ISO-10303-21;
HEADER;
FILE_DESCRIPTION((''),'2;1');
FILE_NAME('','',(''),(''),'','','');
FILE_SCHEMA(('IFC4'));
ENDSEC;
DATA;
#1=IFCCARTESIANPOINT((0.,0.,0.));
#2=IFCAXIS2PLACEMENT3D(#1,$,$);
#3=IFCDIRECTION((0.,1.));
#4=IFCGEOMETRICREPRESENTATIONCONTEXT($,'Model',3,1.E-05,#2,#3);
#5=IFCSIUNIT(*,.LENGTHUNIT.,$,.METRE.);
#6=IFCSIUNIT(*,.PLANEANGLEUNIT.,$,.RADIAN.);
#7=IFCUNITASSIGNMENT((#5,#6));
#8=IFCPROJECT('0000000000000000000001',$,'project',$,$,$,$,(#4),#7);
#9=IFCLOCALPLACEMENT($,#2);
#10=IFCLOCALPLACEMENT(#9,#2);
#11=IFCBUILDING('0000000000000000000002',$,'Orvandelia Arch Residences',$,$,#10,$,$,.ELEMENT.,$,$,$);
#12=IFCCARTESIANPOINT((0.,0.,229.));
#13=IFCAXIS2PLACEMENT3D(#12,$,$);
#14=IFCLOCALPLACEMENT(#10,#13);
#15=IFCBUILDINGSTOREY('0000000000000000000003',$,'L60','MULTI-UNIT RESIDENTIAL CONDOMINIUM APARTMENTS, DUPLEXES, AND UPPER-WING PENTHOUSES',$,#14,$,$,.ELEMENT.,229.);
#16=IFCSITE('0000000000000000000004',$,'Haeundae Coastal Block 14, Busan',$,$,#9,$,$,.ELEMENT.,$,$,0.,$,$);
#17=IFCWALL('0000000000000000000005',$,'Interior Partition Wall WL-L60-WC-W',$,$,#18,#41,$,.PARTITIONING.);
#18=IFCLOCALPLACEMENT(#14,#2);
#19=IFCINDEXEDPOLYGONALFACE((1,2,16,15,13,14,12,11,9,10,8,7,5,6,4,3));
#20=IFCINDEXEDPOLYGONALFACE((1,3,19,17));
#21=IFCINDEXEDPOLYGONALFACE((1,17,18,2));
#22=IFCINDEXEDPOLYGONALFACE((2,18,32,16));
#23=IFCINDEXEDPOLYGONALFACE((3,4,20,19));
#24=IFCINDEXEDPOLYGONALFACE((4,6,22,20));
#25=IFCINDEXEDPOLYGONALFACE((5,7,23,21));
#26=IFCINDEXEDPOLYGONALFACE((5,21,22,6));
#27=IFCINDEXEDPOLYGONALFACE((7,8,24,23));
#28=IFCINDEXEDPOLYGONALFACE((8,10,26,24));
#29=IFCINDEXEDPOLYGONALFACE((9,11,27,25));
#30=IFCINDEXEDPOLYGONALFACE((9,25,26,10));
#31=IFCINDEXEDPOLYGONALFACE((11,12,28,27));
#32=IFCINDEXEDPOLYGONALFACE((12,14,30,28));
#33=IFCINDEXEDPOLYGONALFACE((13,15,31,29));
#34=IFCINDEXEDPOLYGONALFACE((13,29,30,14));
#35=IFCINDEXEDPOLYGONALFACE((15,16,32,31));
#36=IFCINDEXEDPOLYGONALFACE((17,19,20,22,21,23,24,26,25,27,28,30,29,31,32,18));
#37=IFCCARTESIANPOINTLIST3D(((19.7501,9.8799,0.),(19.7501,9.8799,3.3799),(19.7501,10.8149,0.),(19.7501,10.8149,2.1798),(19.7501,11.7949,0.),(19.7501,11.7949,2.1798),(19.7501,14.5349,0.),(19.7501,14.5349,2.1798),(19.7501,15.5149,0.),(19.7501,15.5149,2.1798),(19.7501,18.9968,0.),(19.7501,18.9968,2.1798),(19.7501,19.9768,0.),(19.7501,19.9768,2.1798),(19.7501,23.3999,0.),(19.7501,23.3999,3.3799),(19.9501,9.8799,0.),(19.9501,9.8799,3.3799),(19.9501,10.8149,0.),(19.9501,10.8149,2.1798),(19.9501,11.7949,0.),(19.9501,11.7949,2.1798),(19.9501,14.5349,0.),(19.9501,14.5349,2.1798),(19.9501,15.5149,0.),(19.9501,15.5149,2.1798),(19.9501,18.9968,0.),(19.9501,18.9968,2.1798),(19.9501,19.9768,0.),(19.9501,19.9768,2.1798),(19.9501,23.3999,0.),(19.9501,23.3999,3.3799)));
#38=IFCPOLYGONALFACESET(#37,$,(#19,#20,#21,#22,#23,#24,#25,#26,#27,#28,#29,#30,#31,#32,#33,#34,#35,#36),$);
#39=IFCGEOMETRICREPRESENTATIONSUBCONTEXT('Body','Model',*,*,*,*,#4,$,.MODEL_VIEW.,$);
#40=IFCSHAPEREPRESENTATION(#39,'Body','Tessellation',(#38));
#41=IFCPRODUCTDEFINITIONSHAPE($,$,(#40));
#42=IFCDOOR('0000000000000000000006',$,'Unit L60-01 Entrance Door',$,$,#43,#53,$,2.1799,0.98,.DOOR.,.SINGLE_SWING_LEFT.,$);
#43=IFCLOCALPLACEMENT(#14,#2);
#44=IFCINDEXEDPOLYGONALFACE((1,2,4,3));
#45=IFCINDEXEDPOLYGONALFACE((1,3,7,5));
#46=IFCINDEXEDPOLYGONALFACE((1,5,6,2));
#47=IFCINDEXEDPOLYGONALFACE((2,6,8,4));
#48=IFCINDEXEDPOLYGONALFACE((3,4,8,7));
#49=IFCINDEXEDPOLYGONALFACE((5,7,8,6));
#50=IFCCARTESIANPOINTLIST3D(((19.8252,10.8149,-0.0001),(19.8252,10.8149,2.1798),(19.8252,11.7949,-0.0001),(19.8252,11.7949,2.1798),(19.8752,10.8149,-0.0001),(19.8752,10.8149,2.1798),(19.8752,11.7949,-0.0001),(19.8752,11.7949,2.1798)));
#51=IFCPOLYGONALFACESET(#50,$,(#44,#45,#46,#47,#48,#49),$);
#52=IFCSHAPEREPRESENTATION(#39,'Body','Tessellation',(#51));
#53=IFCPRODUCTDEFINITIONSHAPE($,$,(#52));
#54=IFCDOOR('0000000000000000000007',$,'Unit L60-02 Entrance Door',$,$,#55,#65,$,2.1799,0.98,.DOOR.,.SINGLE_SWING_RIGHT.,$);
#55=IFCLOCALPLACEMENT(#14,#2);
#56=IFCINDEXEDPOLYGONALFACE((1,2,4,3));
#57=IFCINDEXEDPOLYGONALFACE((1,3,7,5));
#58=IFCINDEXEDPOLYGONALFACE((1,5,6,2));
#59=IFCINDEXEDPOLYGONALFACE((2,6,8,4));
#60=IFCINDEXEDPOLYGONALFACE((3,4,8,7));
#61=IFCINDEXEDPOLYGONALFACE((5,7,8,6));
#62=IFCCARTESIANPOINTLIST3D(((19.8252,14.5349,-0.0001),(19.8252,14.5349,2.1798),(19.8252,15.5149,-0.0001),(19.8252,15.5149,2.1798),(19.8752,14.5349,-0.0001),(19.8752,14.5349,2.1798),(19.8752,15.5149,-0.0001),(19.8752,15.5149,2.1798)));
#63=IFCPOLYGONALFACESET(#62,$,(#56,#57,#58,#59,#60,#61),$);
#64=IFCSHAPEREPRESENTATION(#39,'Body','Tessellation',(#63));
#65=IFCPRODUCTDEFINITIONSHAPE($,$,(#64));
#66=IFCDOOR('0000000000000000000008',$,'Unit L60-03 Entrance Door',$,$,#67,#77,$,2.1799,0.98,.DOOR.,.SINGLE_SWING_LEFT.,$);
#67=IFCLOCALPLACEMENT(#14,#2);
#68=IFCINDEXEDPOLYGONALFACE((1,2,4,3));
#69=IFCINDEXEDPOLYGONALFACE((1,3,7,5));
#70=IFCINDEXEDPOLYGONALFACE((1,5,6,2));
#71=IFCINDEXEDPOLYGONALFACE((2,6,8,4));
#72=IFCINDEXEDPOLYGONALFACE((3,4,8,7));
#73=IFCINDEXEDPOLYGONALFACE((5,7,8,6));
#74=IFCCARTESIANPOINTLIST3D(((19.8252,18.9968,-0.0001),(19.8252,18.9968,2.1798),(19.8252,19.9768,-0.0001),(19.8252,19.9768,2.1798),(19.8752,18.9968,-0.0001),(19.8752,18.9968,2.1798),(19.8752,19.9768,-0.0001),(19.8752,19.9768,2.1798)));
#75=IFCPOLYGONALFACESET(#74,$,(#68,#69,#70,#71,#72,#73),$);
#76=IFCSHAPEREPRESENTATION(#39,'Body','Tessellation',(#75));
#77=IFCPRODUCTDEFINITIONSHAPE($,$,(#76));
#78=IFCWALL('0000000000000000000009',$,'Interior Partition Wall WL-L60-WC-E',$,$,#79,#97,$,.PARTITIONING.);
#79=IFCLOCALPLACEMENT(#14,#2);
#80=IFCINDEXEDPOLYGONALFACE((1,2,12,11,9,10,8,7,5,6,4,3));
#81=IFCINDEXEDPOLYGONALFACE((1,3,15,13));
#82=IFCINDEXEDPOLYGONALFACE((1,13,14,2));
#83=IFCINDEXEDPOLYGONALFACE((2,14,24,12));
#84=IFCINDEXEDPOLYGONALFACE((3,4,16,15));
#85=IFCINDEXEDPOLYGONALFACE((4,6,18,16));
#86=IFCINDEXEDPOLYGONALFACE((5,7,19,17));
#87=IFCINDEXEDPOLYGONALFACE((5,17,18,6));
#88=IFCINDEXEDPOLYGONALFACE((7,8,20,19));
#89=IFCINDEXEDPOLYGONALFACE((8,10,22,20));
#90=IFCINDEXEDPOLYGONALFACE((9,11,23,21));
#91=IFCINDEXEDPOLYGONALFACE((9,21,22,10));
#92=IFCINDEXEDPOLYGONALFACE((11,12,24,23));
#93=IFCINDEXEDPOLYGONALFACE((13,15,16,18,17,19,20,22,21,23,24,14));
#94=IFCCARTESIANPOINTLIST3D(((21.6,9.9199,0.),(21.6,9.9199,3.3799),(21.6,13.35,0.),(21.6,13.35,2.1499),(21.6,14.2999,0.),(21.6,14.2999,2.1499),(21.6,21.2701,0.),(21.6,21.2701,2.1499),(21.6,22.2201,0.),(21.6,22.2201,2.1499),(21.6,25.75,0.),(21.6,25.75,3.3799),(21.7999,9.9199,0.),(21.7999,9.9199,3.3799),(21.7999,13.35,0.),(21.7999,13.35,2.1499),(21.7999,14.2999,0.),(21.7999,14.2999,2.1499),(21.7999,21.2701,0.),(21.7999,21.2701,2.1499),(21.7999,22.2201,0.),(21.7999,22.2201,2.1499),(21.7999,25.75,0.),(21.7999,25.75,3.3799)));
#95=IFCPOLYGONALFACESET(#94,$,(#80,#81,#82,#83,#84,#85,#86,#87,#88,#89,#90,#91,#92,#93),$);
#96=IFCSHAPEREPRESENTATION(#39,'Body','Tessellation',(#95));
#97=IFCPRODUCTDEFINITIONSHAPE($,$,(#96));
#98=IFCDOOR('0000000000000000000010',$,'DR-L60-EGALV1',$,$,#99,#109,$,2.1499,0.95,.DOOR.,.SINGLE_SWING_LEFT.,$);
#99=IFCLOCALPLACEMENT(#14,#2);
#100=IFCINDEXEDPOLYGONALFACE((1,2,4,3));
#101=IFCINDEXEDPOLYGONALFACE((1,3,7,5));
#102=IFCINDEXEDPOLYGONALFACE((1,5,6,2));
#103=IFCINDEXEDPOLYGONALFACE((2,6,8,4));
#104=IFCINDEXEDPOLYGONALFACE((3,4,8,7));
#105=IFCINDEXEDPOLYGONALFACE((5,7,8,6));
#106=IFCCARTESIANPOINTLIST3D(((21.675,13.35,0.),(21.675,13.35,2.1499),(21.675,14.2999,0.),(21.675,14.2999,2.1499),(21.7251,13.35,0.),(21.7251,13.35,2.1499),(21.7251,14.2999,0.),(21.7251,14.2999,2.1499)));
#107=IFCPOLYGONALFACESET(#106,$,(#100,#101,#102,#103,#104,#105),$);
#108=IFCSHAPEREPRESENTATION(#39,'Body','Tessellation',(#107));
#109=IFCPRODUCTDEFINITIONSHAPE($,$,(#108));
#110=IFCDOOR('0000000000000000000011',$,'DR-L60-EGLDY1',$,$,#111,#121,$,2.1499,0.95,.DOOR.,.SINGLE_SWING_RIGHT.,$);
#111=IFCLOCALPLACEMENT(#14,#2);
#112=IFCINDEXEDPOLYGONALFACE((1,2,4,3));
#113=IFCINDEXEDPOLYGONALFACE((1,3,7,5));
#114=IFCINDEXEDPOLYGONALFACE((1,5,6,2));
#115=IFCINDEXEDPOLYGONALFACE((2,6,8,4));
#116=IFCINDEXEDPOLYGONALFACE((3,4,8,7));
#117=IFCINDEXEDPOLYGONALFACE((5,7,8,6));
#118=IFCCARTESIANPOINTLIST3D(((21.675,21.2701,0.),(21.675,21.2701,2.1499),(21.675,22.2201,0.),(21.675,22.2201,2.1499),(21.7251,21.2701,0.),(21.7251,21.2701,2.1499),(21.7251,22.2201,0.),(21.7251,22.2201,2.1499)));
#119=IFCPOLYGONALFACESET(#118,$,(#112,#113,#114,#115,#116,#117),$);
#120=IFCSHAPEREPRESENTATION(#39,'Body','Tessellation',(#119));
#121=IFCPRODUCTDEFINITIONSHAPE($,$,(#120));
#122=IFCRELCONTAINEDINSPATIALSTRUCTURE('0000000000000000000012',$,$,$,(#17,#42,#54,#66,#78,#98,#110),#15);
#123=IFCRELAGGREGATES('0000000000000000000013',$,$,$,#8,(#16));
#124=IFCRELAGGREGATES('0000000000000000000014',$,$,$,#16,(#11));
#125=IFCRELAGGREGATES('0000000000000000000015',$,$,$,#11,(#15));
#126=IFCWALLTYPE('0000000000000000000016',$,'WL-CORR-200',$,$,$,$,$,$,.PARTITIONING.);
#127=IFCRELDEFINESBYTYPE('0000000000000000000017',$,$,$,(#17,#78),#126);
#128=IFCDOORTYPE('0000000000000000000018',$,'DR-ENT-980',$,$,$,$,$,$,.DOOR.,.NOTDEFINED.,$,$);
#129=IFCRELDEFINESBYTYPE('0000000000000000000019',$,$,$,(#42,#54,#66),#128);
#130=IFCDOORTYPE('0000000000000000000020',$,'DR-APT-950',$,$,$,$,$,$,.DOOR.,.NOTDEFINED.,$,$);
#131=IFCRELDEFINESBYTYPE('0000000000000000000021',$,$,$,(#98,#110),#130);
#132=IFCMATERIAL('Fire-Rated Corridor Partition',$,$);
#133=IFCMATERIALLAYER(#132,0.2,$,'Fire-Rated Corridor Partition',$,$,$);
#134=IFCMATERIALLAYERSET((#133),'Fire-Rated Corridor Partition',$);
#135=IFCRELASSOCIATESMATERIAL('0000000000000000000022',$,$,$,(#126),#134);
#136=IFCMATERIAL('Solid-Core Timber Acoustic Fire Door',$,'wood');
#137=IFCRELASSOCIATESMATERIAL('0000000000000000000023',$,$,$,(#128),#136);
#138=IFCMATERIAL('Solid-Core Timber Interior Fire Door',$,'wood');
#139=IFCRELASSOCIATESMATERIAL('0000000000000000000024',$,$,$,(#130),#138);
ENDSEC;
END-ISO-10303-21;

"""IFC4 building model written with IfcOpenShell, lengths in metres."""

from ifc_helpers import new_model, si_unit, direction, frame, frame_2d, origin, place, context, subcontext, project, spatial, rectangle, extrude, material, layer, layer_set, type_object, element, fill, save


model = new_model("IFC4")

# Units and contexts
model_context = context("Model", 3, precision=1e-05, world=origin(), true_north=direction((0.0, 1.0)))
body_context = subcontext(model_context, "Body", "Model", "MODEL_VIEW")
ifc_project = project(units=[si_unit("LENGTHUNIT", "METRE"), si_unit("PLANEANGLEUNIT", "RADIAN")], contexts=[model_context])

# Site, building, storey
site_placement = place(None, origin())
site = spatial("IfcSite", under=ifc_project, at=site_placement, Name="Haeundae Coastal Block 14, Busan", CompositionType="ELEMENT", RefElevation=0.0)
building_placement = place(site_placement, origin())
building = spatial("IfcBuilding", under=site, at=building_placement, Name="Orvandelia Arch Residences", CompositionType="ELEMENT")
storey_placement = place(building_placement, frame((0.0, 0.0, 229.0)))
storey = spatial("IfcBuildingStorey", under=building, at=storey_placement, Name="L60", Description="MULTI-UNIT RESIDENTIAL CONDOMINIUM APARTMENTS, DUPLEXES, AND UPPER-WING PENTHOUSES", CompositionType="ELEMENT", Elevation=229.0)

# Walls, openings, doors
ifc_material_1 = material(Name="Fire-Rated Corridor Partition")
ifc_layer_1 = layer(ifc_material_1, 0.2, Name="Fire-Rated Corridor Partition")
ifc_layer_set_1 = layer_set([ifc_layer_1], Name="Fire-Rated Corridor Partition")
wall_type_1 = type_object("IfcWallType", Name="WL-CORR-200", PredefinedType="PARTITIONING", material=ifc_layer_set_1)
wall_1_placement = place(storey_placement, frame((19.8501, 9.8799, 0.0), z_axis=(0.0, 0.0, 1.0), x_axis=(0.0, 1.0, 0.0)))
wall_1 = element("IfcWall", 1, at=wall_1_placement, inside=storey, type_object=wall_type_1, Name="Interior Partition Wall WL-L60-WC-W", PredefinedType="PARTITIONING", context=body_context, shape_type="SweptSolid", body=[
    extrude(rectangle(XDim=13.52, YDim=0.2, at=frame_2d((6.76, 0.0))), origin(), (0.0, 0.0, 1.0), 3.3799),
])
opening_1_placement = place(wall_1_placement, frame((0.9351, 0.0, 0.0)))
opening_1 = element("IfcOpeningElement", 2, at=opening_1_placement, cuts=wall_1, PredefinedType="OPENING", context=body_context, shape_type="SweptSolid", body=[
    extrude(rectangle(XDim=0.98, YDim=2.1799, at=frame_2d((0.49, 1.0898))), frame((0.0, 0.1099, 0.0), z_axis=(0.0, -1.0, 0.0), x_axis=(1.0, 0.0, 0.0)), (0.0, 0.0, 1.0), 0.22),
])
opening_2_placement = place(wall_1_placement, frame((4.655, 0.0, 0.0)))
opening_2 = element("IfcOpeningElement", 3, at=opening_2_placement, cuts=wall_1, PredefinedType="OPENING", context=body_context, shape_type="SweptSolid", body=[
    extrude(rectangle(XDim=0.98, YDim=2.1799, at=frame_2d((0.49, 1.0898))), frame((0.0, 0.1099, 0.0), z_axis=(0.0, -1.0, 0.0), x_axis=(1.0, 0.0, 0.0)), (0.0, 0.0, 1.0), 0.22),
])
opening_3_placement = place(wall_1_placement, frame((9.1169, 0.0, 0.0)))
opening_3 = element("IfcOpeningElement", 4, at=opening_3_placement, cuts=wall_1, PredefinedType="OPENING", context=body_context, shape_type="SweptSolid", body=[
    extrude(rectangle(XDim=0.98, YDim=2.1799, at=frame_2d((0.49, 1.0898))), frame((0.0, 0.1099, 0.0), z_axis=(0.0, -1.0, 0.0), x_axis=(1.0, 0.0, 0.0)), (0.0, 0.0, 1.0), 0.22),
])
ifc_material_2 = material(Name="Solid-Core Timber Acoustic Fire Door", Category="wood")
door_type_1 = type_object("IfcDoorType", Name="DR-ENT-980", OperationType="NOTDEFINED", PredefinedType="DOOR", material=ifc_material_2)
door_1_placement = place(opening_1_placement, origin())
door_1 = element("IfcDoor", 5, at=door_1_placement, inside=storey, type_object=door_type_1, Name="Unit L60-01 Entrance Door", OperationType="SINGLE_SWING_LEFT", OverallHeight=2.1799, OverallWidth=0.98, PredefinedType="DOOR", context=body_context, shape_type="SweptSolid", body=[
    extrude(rectangle(XDim=0.98, YDim=2.1799, at=frame_2d((0.49, 1.0898))), frame((0.0, 0.0249, 0.0), z_axis=(0.0, -1.0, 0.0), x_axis=(1.0, 0.0, 0.0)), (0.0, 0.0, 1.0), 0.05),
])
fill(opening_1, door_1)
door_2_placement = place(opening_2_placement, origin())
door_2 = element("IfcDoor", 6, at=door_2_placement, inside=storey, type_object=door_type_1, Name="Unit L60-02 Entrance Door", OperationType="SINGLE_SWING_RIGHT", OverallHeight=2.1799, OverallWidth=0.98, PredefinedType="DOOR", context=body_context, shape_type="SweptSolid", body=[
    extrude(rectangle(XDim=0.98, YDim=2.1799, at=frame_2d((0.49, 1.0898))), frame((0.0, 0.0249, 0.0), z_axis=(0.0, -1.0, 0.0), x_axis=(1.0, 0.0, 0.0)), (0.0, 0.0, 1.0), 0.05),
])
fill(opening_2, door_2)
door_3_placement = place(opening_3_placement, origin())
door_3 = element("IfcDoor", 7, at=door_3_placement, inside=storey, type_object=door_type_1, Name="Unit L60-03 Entrance Door", OperationType="SINGLE_SWING_LEFT", OverallHeight=2.1799, OverallWidth=0.98, PredefinedType="DOOR", context=body_context, shape_type="SweptSolid", body=[
    extrude(rectangle(XDim=0.98, YDim=2.1799, at=frame_2d((0.49, 1.0898))), frame((0.0, 0.0249, 0.0), z_axis=(0.0, -1.0, 0.0), x_axis=(1.0, 0.0, 0.0)), (0.0, 0.0, 1.0), 0.05),
])
fill(opening_3, door_3)
wall_2_placement = place(storey_placement, frame((21.7, 9.9199, 0.0), z_axis=(0.0, 0.0, 1.0), x_axis=(0.0, 1.0, 0.0)))
wall_2 = element("IfcWall", 8, at=wall_2_placement, inside=storey, type_object=wall_type_1, Name="Interior Partition Wall WL-L60-WC-E", PredefinedType="PARTITIONING", context=body_context, shape_type="SweptSolid", body=[
    extrude(rectangle(XDim=15.8301, YDim=0.2, at=frame_2d((7.915, 0.0))), origin(), (0.0, 0.0, 1.0), 3.3799),
])
opening_4_placement = place(wall_2_placement, frame((3.4299, 0.0, 0.0)))
opening_4 = element("IfcOpeningElement", 9, at=opening_4_placement, cuts=wall_2, PredefinedType="OPENING", context=body_context, shape_type="SweptSolid", body=[
    extrude(rectangle(XDim=0.95, YDim=2.1499, at=frame_2d((0.4751, 1.075))), frame((0.0, 0.1099, 0.0), z_axis=(0.0, -1.0, 0.0), x_axis=(1.0, 0.0, 0.0)), (0.0, 0.0, 1.0), 0.22),
])
opening_5_placement = place(wall_2_placement, frame((11.3501, 0.0, 0.0)))
opening_5 = element("IfcOpeningElement", 10, at=opening_5_placement, cuts=wall_2, PredefinedType="OPENING", context=body_context, shape_type="SweptSolid", body=[
    extrude(rectangle(XDim=0.95, YDim=2.1499, at=frame_2d((0.4751, 1.075))), frame((0.0, 0.1099, 0.0), z_axis=(0.0, -1.0, 0.0), x_axis=(1.0, 0.0, 0.0)), (0.0, 0.0, 1.0), 0.22),
])
ifc_material_3 = material(Name="Solid-Core Timber Interior Fire Door", Category="wood")
door_type_2 = type_object("IfcDoorType", Name="DR-APT-950", OperationType="NOTDEFINED", PredefinedType="DOOR", material=ifc_material_3)
door_4_placement = place(opening_4_placement, origin())
door_4 = element("IfcDoor", 11, at=door_4_placement, inside=storey, type_object=door_type_2, Name="DR-L60-EGALV1", OperationType="SINGLE_SWING_LEFT", OverallHeight=2.1499, OverallWidth=0.95, PredefinedType="DOOR", context=body_context, shape_type="SweptSolid", body=[
    extrude(rectangle(XDim=0.95, YDim=2.1499, at=frame_2d((0.4751, 1.075))), frame((0.0, 0.0249, 0.0), z_axis=(0.0, -1.0, 0.0), x_axis=(1.0, 0.0, 0.0)), (0.0, 0.0, 1.0), 0.05),
])
fill(opening_4, door_4)
door_5_placement = place(opening_5_placement, origin())
door_5 = element("IfcDoor", 12, at=door_5_placement, inside=storey, type_object=door_type_2, Name="DR-L60-EGLDY1", OperationType="SINGLE_SWING_RIGHT", OverallHeight=2.1499, OverallWidth=0.95, PredefinedType="DOOR", context=body_context, shape_type="SweptSolid", body=[
    extrude(rectangle(XDim=0.95, YDim=2.1499, at=frame_2d((0.4751, 1.075))), frame((0.0, 0.0249, 0.0), z_axis=(0.0, -1.0, 0.0), x_axis=(1.0, 0.0, 0.0)), (0.0, 0.0, 1.0), 0.05),
])
fill(opening_5, door_5)

save(model, "model.ifc")
